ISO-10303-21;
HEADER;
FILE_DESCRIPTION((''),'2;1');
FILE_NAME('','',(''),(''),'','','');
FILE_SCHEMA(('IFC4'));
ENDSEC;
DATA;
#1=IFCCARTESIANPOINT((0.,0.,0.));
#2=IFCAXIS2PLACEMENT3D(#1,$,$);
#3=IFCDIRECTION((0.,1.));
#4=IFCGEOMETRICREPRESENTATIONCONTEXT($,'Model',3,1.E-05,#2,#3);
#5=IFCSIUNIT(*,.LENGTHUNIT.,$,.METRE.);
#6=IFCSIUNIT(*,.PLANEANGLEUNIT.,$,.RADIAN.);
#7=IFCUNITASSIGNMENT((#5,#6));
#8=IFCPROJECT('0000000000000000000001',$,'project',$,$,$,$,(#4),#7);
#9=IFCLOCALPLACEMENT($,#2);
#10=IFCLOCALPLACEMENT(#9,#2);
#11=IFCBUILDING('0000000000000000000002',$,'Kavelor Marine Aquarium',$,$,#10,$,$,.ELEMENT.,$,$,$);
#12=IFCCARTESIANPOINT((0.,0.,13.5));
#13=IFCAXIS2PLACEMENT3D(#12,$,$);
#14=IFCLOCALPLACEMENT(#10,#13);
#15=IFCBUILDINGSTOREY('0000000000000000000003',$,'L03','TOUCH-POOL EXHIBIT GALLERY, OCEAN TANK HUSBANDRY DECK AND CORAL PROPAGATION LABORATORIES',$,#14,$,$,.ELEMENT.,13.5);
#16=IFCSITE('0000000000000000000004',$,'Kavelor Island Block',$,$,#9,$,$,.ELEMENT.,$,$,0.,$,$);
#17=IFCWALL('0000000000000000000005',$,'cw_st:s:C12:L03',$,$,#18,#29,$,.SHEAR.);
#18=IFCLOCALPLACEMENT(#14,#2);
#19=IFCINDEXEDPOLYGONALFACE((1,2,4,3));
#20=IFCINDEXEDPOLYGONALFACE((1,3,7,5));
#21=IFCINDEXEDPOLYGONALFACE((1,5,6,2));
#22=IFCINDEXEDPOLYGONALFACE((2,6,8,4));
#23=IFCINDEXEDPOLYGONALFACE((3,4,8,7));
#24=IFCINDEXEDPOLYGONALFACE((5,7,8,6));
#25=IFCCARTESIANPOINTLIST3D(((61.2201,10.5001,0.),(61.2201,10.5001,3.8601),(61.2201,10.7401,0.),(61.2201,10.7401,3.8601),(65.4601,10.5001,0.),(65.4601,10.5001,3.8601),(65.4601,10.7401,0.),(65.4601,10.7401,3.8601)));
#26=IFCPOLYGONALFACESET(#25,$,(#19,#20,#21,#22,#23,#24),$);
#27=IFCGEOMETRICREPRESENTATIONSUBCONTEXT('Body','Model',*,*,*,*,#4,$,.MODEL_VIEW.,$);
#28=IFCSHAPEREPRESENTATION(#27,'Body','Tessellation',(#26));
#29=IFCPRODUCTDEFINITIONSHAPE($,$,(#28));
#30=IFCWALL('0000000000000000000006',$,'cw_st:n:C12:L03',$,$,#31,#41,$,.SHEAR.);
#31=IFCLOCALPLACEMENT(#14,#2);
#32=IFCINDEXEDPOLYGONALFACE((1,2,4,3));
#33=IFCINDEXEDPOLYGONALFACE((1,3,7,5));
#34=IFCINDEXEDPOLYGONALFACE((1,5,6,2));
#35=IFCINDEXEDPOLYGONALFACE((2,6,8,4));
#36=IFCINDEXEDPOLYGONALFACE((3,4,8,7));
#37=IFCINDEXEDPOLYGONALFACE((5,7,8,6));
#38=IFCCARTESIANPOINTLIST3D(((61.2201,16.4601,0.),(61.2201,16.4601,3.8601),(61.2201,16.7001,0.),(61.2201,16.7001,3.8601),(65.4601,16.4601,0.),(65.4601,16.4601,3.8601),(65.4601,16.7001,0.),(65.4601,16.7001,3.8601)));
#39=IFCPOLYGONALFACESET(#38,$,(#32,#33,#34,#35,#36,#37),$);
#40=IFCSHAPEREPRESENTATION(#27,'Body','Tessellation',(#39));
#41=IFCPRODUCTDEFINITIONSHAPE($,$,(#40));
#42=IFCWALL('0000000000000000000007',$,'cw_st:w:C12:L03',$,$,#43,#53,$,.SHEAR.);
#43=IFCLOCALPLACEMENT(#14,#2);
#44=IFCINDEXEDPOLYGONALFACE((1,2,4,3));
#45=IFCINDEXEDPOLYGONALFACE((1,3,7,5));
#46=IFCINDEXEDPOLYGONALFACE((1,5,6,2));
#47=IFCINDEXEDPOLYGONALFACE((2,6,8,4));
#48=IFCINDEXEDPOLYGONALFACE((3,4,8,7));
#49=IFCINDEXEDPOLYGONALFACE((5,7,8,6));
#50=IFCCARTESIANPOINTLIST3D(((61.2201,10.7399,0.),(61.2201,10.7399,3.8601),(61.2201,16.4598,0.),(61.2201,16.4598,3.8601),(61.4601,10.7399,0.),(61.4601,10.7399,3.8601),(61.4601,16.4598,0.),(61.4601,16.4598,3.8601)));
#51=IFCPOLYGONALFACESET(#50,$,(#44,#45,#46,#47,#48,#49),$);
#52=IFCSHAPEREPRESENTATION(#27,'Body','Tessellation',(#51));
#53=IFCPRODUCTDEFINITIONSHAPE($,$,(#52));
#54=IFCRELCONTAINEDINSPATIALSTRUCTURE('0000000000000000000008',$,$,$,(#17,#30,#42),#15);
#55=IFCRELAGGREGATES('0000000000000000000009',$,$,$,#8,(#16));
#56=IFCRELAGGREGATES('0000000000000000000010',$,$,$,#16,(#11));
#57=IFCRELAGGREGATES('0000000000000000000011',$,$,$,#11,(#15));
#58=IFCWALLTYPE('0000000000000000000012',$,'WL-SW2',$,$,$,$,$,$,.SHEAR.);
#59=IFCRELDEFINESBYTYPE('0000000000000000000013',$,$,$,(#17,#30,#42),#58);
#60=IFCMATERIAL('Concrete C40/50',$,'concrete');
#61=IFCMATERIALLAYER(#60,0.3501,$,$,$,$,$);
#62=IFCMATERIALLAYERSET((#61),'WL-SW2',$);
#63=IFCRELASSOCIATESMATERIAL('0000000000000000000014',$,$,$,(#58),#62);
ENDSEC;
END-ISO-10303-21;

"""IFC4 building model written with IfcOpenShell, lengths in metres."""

from ifc_helpers import new_model, si_unit, direction, frame, frame_2d, origin, place, context, subcontext, project, spatial, rectangle, extrude, material, layer, layer_set, type_object, element, save


model = new_model("IFC4")

# Units and contexts
model_context = context("Model", 3, precision=1e-05, world=origin(), true_north=direction((0.0, 1.0)))
body_context = subcontext(model_context, "Body", "Model", "MODEL_VIEW")
ifc_project = project(units=[si_unit("LENGTHUNIT", "METRE"), si_unit("PLANEANGLEUNIT", "RADIAN")], contexts=[model_context])

# Site, building, storey
site_placement = place(None, origin())
site = spatial("IfcSite", under=ifc_project, at=site_placement, Name="Kavelor Island Block", CompositionType="ELEMENT", RefElevation=0.0)
building_placement = place(site_placement, origin())
building = spatial("IfcBuilding", under=site, at=building_placement, Name="Kavelor Marine Aquarium", CompositionType="ELEMENT")
storey_placement = place(building_placement, frame((0.0, 0.0, 13.5)))
storey = spatial("IfcBuildingStorey", under=building, at=storey_placement, Name="L03", Description="TOUCH-POOL EXHIBIT GALLERY, OCEAN TANK HUSBANDRY DECK AND CORAL PROPAGATION LABORATORIES", CompositionType="ELEMENT", Elevation=13.5)

# Walls
ifc_material_1 = material(Name="Concrete C40/50", Category="concrete")
ifc_layer_1 = layer(ifc_material_1, 0.3501)
ifc_layer_set_1 = layer_set([ifc_layer_1], Name="WL-SW2")
wall_type_1 = type_object("IfcWallType", Name="WL-SW2", PredefinedType="SHEAR", material=ifc_layer_set_1)
for number, where, z_axis, x_axis, name in (
    (1, (61.22, 10.6201, 0.0), (0.0, 0.0, 1.0), (1.0, 0.0, 0.0), "cw_st:s:C12:L03"),
    (2, (61.22, 16.5801, 0.0), (0.0, 0.0, 1.0), (1.0, 0.0, 0.0), "cw_st:n:C12:L03"),
):
    element("IfcWall", number, at=place(storey_placement, frame(where, z_axis=z_axis, x_axis=x_axis)), inside=storey, type_object=wall_type_1, Name=name, PredefinedType="SHEAR", context=body_context, shape_type="SweptSolid", body=[
        extrude(rectangle(XDim=4.24, YDim=0.24, at=frame_2d((2.1201, 0.0))), origin(), (0.0, 0.0, 1.0), 3.8601),
    ])
wall_1_placement = place(storey_placement, frame((61.3401, 10.74, 0.0), z_axis=(0.0, 0.0, 1.0), x_axis=(0.0, 1.0, 0.0)))
element("IfcWall", 3, at=wall_1_placement, inside=storey, type_object=wall_type_1, Name="cw_st:w:C12:L03", PredefinedType="SHEAR", context=body_context, shape_type="SweptSolid", body=[
    extrude(rectangle(XDim=5.72, YDim=0.24, at=frame_2d((2.8599, 0.0))), origin(), (0.0, 0.0, 1.0), 3.8601),
])

save(model, "model.ifc")
